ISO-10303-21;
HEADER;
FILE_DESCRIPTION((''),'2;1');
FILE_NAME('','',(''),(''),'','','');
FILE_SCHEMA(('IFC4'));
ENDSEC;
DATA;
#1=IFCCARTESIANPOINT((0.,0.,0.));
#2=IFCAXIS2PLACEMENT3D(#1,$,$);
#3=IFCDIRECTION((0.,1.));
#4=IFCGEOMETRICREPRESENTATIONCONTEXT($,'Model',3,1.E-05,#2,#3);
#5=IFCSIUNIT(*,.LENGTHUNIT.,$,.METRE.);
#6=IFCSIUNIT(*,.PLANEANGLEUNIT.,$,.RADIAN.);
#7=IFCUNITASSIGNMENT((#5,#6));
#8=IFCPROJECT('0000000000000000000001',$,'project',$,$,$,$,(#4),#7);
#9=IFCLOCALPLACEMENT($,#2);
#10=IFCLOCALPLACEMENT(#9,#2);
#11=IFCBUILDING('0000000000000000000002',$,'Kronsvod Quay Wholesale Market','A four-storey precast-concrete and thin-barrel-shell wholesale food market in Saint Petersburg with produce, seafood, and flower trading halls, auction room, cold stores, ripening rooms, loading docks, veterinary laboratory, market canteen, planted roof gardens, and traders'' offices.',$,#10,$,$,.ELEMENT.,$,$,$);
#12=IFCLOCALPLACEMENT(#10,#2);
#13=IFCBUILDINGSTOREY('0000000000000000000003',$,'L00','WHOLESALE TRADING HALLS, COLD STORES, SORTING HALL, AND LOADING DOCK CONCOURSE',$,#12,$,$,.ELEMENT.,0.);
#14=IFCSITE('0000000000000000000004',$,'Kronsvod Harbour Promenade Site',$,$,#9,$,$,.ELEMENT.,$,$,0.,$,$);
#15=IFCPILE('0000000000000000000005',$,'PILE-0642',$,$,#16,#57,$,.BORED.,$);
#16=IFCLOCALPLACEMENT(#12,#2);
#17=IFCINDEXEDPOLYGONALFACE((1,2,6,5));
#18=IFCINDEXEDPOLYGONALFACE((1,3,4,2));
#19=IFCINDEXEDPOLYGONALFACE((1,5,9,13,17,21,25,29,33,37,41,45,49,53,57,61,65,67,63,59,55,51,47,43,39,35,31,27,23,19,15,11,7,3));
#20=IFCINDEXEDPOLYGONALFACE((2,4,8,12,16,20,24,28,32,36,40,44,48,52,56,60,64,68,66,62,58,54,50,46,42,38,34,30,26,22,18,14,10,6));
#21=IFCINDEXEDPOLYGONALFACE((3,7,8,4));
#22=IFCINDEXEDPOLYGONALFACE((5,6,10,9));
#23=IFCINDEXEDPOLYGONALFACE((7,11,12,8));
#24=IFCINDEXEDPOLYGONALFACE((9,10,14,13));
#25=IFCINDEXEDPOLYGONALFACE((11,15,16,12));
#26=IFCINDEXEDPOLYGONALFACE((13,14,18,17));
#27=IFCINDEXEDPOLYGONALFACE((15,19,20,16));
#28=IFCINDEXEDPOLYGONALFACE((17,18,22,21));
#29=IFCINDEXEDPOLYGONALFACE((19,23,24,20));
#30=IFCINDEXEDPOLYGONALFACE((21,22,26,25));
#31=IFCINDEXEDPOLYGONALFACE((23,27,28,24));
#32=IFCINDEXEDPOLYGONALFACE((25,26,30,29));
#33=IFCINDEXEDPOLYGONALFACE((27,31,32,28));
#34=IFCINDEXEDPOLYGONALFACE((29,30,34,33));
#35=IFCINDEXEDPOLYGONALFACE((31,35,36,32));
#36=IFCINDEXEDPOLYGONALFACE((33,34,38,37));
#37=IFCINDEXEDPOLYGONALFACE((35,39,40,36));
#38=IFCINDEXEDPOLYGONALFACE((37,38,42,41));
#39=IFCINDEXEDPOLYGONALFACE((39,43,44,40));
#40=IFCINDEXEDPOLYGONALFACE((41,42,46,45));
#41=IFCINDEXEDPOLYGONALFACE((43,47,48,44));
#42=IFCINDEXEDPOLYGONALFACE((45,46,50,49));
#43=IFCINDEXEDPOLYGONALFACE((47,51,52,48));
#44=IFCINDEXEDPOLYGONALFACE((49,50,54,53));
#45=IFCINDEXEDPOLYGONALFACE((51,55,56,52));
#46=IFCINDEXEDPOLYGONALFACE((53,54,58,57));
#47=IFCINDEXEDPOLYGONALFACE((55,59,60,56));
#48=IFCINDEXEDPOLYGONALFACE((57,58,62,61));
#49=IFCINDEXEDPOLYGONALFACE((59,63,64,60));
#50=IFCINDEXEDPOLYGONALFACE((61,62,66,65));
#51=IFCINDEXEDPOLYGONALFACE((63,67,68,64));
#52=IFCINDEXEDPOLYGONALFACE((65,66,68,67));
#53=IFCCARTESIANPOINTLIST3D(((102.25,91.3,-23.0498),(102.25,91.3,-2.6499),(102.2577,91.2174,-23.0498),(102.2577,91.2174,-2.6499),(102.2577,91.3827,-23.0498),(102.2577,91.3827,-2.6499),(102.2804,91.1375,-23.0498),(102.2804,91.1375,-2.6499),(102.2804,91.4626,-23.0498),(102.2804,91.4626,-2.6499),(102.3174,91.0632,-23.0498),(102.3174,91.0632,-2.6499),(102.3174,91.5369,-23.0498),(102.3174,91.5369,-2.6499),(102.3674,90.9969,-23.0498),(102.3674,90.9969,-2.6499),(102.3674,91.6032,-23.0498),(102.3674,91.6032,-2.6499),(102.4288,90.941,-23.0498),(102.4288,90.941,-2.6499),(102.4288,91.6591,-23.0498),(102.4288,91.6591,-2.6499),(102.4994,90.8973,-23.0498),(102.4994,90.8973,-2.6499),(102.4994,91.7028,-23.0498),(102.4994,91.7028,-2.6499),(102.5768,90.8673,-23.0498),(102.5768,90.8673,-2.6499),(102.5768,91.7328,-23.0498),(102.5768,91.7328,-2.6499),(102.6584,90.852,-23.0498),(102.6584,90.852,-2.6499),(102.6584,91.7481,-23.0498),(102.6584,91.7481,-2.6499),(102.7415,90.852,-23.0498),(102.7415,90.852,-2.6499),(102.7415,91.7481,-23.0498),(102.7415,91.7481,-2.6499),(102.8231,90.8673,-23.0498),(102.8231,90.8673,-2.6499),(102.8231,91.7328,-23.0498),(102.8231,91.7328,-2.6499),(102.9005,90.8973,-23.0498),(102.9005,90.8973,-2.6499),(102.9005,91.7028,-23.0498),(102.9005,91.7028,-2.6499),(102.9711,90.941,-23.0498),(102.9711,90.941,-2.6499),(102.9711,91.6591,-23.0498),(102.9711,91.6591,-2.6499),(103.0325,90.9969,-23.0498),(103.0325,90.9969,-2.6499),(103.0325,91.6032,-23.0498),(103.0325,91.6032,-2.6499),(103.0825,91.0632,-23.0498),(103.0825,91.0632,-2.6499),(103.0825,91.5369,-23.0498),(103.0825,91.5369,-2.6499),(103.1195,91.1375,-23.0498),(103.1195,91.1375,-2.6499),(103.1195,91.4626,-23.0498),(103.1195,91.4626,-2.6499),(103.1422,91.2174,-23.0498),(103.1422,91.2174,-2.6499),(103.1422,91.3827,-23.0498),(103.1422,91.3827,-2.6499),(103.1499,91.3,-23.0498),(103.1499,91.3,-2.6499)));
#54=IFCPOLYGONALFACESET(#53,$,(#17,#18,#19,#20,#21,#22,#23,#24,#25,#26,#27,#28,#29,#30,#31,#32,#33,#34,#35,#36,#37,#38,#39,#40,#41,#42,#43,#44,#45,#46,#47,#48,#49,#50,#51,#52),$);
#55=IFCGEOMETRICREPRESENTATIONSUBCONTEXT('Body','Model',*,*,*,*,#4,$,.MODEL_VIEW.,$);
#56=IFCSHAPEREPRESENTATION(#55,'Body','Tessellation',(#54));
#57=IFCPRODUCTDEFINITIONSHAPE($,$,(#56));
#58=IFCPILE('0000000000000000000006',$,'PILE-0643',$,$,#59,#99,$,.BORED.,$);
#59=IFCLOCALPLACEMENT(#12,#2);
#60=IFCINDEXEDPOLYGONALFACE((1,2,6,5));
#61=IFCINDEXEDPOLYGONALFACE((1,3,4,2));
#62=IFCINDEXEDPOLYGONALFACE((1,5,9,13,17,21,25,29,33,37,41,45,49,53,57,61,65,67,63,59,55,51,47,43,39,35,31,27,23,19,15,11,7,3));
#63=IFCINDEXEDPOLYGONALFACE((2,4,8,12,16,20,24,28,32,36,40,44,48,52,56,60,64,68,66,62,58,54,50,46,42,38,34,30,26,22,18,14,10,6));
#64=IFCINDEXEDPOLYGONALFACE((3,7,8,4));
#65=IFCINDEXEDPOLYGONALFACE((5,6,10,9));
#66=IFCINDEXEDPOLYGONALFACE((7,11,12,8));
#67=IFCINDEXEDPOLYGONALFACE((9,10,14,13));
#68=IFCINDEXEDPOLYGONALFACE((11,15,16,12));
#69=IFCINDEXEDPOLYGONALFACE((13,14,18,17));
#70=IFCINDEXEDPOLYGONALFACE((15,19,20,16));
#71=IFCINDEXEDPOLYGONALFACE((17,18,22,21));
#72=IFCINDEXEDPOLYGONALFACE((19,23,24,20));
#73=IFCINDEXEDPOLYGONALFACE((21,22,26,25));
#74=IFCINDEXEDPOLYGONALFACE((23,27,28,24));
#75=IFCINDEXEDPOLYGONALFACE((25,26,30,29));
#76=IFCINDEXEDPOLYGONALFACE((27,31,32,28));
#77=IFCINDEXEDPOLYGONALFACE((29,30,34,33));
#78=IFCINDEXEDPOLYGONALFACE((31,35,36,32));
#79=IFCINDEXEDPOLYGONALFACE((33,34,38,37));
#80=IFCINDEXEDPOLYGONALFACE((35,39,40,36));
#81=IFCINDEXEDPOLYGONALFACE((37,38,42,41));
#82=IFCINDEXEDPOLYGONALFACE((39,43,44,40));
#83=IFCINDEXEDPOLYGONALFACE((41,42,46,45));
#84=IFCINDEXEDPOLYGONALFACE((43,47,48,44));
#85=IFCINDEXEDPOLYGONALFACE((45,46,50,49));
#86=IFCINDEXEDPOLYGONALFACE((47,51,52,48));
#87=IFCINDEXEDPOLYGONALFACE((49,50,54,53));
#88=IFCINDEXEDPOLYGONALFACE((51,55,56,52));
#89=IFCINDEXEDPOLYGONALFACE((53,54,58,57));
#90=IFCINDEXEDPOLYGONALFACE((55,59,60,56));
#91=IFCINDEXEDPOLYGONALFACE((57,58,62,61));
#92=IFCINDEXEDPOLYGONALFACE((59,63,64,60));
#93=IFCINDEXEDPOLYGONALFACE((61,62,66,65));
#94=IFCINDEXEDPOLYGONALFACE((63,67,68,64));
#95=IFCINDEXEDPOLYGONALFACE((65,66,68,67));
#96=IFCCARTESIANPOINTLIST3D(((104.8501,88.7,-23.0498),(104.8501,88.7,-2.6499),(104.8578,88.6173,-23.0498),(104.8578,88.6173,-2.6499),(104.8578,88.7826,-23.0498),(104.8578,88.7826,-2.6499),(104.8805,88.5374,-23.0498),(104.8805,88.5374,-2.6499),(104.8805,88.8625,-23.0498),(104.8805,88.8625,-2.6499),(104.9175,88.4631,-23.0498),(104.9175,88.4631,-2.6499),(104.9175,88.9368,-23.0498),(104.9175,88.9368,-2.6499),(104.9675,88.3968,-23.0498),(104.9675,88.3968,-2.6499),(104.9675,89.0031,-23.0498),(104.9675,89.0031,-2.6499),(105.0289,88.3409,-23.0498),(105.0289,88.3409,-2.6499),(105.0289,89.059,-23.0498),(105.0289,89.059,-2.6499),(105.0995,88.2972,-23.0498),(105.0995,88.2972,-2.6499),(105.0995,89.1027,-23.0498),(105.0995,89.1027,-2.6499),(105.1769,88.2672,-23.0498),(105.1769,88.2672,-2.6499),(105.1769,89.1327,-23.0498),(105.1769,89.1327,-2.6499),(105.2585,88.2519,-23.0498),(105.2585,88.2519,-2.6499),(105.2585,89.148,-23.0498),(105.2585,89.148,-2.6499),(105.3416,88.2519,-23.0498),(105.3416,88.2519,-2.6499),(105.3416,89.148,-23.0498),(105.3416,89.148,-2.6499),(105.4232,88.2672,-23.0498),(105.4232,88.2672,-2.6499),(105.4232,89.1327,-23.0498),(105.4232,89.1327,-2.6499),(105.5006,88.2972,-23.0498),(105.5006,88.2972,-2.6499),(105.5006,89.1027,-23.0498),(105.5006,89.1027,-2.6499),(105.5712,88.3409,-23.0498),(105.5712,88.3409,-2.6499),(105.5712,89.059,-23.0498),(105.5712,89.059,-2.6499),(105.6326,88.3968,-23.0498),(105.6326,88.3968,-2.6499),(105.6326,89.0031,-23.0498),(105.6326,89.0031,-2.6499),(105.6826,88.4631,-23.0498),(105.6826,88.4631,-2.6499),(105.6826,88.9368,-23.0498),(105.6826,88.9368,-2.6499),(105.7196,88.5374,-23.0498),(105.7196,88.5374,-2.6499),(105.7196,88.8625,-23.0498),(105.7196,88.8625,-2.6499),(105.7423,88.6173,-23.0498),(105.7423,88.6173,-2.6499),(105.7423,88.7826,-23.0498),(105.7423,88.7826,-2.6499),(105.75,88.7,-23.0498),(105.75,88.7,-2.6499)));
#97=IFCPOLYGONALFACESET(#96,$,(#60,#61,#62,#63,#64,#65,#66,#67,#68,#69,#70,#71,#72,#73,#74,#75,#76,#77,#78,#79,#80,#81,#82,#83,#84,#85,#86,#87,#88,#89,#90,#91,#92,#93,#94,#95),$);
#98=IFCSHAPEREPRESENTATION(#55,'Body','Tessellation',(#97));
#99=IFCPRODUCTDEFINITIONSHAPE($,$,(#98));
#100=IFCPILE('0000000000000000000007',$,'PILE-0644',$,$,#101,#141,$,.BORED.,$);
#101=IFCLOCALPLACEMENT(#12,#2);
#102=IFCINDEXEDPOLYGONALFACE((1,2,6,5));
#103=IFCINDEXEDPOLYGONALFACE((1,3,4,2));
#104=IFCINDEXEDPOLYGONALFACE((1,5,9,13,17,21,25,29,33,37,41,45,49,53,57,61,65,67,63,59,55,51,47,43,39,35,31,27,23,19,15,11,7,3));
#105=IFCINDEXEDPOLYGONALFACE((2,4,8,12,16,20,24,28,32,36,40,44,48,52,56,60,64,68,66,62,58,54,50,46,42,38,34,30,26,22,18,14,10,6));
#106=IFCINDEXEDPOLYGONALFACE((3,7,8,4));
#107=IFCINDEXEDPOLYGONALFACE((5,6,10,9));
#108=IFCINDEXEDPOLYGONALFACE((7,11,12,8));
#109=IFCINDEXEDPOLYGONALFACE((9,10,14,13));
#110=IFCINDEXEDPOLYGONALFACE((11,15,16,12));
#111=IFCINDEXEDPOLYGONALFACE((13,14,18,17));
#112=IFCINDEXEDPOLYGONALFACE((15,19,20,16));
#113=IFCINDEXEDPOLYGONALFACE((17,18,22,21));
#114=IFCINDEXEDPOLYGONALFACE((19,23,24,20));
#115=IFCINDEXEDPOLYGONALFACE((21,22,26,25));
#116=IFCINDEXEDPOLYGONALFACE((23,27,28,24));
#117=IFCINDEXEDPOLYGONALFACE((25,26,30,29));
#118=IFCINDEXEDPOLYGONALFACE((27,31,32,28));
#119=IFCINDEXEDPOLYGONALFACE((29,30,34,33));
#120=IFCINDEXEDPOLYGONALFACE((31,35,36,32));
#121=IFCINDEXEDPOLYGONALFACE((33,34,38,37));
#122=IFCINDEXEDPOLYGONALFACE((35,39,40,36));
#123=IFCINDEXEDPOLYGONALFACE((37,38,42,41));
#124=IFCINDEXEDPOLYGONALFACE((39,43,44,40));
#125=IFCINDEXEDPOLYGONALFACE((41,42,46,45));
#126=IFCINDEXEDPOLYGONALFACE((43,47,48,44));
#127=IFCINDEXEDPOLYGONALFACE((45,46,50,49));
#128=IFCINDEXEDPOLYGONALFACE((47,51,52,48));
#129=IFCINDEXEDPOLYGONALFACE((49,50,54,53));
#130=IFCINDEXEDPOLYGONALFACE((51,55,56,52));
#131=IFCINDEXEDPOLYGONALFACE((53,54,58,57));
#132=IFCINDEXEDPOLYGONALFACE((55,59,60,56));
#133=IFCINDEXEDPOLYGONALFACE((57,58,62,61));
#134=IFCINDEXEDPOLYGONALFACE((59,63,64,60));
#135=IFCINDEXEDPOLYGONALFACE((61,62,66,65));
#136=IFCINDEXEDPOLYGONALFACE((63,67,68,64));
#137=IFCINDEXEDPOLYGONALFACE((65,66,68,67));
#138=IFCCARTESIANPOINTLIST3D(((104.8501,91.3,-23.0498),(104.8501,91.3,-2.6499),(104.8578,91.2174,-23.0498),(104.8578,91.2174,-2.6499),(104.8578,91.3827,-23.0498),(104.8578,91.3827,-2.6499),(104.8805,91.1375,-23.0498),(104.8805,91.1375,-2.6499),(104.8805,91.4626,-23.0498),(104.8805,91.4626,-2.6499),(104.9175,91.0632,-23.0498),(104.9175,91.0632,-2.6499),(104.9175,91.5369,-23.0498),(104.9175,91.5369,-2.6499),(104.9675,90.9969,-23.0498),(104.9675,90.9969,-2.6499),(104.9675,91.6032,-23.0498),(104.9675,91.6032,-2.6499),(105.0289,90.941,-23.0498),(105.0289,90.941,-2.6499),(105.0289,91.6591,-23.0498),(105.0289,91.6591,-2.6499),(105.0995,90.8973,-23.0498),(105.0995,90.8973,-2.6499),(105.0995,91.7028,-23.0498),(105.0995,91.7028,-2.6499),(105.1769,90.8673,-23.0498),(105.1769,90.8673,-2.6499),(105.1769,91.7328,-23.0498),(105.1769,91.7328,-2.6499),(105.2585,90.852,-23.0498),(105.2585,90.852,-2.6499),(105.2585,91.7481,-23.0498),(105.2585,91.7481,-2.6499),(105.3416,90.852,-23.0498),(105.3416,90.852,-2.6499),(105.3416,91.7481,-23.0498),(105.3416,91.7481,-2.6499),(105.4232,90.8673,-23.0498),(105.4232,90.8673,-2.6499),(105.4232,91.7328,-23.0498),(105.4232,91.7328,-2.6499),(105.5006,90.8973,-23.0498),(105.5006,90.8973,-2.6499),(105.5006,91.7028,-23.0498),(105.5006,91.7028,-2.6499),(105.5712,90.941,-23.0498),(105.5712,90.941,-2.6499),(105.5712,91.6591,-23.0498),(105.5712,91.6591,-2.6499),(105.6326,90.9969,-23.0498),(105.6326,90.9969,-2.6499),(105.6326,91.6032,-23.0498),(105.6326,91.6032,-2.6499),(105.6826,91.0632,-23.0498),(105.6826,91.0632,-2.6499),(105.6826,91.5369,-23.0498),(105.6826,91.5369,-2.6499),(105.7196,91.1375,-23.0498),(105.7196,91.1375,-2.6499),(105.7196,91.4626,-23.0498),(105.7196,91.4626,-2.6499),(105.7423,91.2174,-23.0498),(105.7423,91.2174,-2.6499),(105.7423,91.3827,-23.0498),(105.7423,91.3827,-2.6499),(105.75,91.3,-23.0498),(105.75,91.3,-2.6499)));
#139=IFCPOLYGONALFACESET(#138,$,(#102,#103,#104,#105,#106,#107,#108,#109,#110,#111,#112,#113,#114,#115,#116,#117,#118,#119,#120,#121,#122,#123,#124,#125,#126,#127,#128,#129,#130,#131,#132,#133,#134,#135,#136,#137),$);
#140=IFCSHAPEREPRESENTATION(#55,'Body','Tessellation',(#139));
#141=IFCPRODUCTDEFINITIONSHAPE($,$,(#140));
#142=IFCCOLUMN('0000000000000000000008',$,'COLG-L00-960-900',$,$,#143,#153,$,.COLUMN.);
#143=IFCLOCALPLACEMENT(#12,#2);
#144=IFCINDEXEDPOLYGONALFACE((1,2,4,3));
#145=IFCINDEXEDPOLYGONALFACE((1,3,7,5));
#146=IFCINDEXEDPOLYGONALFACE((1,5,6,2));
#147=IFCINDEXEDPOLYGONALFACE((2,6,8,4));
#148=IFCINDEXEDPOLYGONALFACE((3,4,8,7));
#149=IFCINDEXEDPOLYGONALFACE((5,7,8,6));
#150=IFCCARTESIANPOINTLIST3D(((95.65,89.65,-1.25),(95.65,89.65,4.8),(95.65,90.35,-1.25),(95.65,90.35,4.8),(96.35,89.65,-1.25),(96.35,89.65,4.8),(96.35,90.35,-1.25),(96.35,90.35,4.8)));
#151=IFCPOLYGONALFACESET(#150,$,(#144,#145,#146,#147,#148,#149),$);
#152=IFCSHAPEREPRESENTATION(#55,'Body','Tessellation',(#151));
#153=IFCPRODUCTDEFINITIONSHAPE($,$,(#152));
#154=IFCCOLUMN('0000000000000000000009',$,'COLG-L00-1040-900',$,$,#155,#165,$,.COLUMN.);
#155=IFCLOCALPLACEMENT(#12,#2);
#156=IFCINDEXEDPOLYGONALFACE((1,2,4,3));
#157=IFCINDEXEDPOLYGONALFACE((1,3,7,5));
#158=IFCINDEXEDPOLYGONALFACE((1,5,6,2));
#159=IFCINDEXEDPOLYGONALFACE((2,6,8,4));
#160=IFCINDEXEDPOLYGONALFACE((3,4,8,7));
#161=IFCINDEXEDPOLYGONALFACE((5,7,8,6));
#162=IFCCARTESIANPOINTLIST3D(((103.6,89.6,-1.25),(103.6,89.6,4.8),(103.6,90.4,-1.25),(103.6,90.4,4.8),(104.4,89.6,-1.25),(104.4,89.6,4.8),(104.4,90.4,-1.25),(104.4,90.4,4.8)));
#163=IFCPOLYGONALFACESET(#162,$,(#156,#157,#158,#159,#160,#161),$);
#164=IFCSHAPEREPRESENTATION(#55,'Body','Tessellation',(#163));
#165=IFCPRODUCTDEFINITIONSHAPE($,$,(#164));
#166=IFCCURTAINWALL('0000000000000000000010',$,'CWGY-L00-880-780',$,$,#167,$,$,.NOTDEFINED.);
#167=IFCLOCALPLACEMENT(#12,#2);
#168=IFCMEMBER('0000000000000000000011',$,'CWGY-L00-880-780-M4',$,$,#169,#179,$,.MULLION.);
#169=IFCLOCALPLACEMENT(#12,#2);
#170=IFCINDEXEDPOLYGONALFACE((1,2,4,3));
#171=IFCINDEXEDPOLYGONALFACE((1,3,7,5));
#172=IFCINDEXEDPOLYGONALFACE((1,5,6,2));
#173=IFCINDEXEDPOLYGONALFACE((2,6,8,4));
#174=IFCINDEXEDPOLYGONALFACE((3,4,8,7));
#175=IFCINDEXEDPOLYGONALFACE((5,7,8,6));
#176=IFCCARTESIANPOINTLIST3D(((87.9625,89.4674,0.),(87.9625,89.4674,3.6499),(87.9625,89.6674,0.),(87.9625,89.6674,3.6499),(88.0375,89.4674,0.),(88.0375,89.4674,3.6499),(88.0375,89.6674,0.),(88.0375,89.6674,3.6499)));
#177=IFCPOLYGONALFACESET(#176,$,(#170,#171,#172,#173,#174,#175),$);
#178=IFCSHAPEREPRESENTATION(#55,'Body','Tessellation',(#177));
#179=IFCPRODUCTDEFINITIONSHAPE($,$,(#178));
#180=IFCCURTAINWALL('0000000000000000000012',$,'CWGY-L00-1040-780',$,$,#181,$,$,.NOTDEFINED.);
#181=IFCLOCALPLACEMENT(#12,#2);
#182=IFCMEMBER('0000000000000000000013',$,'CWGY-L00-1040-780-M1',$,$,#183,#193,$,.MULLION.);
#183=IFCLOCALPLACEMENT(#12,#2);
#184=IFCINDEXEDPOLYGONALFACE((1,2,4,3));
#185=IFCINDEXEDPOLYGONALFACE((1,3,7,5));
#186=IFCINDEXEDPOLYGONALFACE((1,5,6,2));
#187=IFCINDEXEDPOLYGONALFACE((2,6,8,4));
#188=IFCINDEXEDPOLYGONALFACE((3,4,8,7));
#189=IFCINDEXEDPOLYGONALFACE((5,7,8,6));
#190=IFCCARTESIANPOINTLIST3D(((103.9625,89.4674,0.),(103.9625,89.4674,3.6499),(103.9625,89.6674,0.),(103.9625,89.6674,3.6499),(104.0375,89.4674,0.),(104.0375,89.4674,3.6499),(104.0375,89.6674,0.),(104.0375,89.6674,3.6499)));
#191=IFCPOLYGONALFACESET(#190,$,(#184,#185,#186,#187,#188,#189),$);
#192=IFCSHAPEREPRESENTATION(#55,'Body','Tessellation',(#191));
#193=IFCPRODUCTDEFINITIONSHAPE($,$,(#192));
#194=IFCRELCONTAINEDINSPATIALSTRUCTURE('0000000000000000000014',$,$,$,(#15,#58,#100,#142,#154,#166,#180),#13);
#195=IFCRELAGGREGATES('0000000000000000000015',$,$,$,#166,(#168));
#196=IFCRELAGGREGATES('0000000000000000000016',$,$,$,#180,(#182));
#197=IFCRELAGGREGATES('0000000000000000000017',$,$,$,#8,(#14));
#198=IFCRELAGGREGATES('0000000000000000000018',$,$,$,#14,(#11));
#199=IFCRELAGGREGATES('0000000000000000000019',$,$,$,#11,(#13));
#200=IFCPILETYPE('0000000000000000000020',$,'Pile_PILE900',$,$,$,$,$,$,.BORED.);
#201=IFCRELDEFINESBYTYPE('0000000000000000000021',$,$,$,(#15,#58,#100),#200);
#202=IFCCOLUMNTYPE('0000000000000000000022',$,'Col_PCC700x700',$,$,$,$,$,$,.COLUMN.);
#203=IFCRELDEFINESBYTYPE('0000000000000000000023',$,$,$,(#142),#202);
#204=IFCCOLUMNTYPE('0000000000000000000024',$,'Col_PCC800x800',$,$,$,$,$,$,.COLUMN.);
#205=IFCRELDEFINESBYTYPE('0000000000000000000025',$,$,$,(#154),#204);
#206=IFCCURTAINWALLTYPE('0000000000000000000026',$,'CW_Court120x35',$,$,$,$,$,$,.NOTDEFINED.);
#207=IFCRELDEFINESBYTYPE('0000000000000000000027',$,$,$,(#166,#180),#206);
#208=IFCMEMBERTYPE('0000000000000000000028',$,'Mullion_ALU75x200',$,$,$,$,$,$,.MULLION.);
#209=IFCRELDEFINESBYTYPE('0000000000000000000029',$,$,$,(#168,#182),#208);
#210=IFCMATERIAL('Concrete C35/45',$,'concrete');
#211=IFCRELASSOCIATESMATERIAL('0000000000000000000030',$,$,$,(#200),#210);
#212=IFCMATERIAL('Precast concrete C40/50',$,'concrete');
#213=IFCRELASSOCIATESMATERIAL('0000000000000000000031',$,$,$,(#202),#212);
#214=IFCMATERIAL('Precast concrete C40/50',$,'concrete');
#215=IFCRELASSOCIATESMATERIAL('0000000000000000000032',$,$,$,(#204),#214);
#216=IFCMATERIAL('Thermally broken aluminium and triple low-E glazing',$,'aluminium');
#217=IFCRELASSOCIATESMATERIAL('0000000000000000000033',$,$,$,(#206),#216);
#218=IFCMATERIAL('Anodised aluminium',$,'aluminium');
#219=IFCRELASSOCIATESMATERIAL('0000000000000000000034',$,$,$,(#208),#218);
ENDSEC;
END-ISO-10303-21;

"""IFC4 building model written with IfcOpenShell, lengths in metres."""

from ifc_helpers import new_model, si_unit, direction, frame, origin, origin_2d, place, context, subcontext, project, spatial, rectangle, circle, extrude, material, material_profile, profile_set, type_object, element, aggregate, save


model = new_model("IFC4")

# Units and contexts
model_context = context("Model", 3, precision=1e-05, world=origin(), true_north=direction((0.0, 1.0)))
body_context = subcontext(model_context, "Body", "Model", "MODEL_VIEW")
ifc_project = project(units=[si_unit("LENGTHUNIT", "METRE"), si_unit("PLANEANGLEUNIT", "RADIAN")], contexts=[model_context])

# Site, building, storey
site_placement = place(None, origin())
site = spatial("IfcSite", under=ifc_project, at=site_placement, Name="Kronsvod Harbour Promenade Site", CompositionType="ELEMENT", RefElevation=0.0)
building_placement = place(site_placement, origin())
building = spatial("IfcBuilding", under=site, at=building_placement, Name="Kronsvod Quay Wholesale Market", Description="A four-storey precast-concrete and thin-barrel-shell wholesale food market in Saint Petersburg with produce, seafood, and flower trading halls, auction room, cold stores, ripening rooms, loading docks, veterinary laboratory, market canteen, planted roof gardens, and traders' offices.", CompositionType="ELEMENT")
storey_placement = place(building_placement, origin())
storey = spatial("IfcBuildingStorey", under=building, at=storey_placement, Name="L00", Description="WHOLESALE TRADING HALLS, COLD STORES, SORTING HALL, AND LOADING DOCK CONCOURSE", CompositionType="ELEMENT", Elevation=0.0)

# Piles
ifc_material_1 = material(Name="Concrete C35/45", Category="concrete")
ifc_material_profile_1 = material_profile(ifc_material_1, circle(Radius=0.45, at=origin_2d()), Name="PILE900")
ifc_profile_set_1 = profile_set([ifc_material_profile_1], Name="Concrete C35/45")
pile_type = type_object("IfcPileType", Name="Pile_PILE900", PredefinedType="BORED", material=ifc_profile_set_1)
for number, where, z_axis, x_axis, name in (
    (1, (102.7, 91.3, -2.6499), (0.0, 0.0, -1.0), (1.0, 0.0, 0.0), "PILE-0642"),
    (2, (105.3, 88.7, -2.6499), (0.0, 0.0, -1.0), (1.0, 0.0, 0.0), "PILE-0643"),
    (3, (105.3, 91.3, -2.6499), (0.0, 0.0, -1.0), (1.0, 0.0, 0.0), "PILE-0644"),
):
    element("IfcPile", number, at=place(storey_placement, frame(where, z_axis=z_axis, x_axis=x_axis)), inside=storey, type_object=pile_type, Name=name, PredefinedType="BORED", context=body_context, shape_type="SweptSolid", body=[
        extrude(circle(Radius=0.45, at=origin_2d()), origin(), (0.0, 0.0, 1.0), 20.3999),
    ])

# Columns
ifc_material_2 = material(Name="Precast concrete C40/50", Category="concrete")
ifc_material_profile_2 = material_profile(ifc_material_2, rectangle(XDim=0.7, YDim=0.7, at=origin_2d()), Name="PCC700x700")
ifc_profile_set_2 = profile_set([ifc_material_profile_2], Name="Precast concrete C40/50")
column_type_1 = type_object("IfcColumnType", Name="Col_PCC700x700", PredefinedType="COLUMN", material=ifc_profile_set_2)
column_1_placement = place(storey_placement, frame((96.0, 90.0, -1.25), z_axis=(0.0, 0.0, 1.0), x_axis=(1.0, 0.0, 0.0)))
element("IfcColumn", 4, at=column_1_placement, inside=storey, type_object=column_type_1, Name="COLG-L00-960-900", PredefinedType="COLUMN", context=body_context, shape_type="SweptSolid", body=[
    extrude(rectangle(XDim=0.7, YDim=0.7, at=origin_2d()), origin(), (0.0, 0.0, 1.0), 6.05),
])
ifc_material_3 = material(Name="Precast concrete C40/50", Category="concrete")
ifc_material_profile_3 = material_profile(ifc_material_3, rectangle(XDim=0.8, YDim=0.8, at=origin_2d()), Name="PCC800x800")
ifc_profile_set_3 = profile_set([ifc_material_profile_3], Name="Precast concrete C40/50")
column_type_2 = type_object("IfcColumnType", Name="Col_PCC800x800", PredefinedType="COLUMN", material=ifc_profile_set_3)
column_2_placement = place(storey_placement, frame((104.0, 90.0, -1.25), z_axis=(0.0, 0.0, 1.0), x_axis=(1.0, 0.0, 0.0)))
element("IfcColumn", 5, at=column_2_placement, inside=storey, type_object=column_type_2, Name="COLG-L00-1040-900", PredefinedType="COLUMN", context=body_context, shape_type="SweptSolid", body=[
    extrude(rectangle(XDim=0.8, YDim=0.8, at=origin_2d()), origin(), (0.0, 0.0, 1.0), 6.05),
])

# Curtain wall, member
ifc_material_4 = material(Name="Thermally broken aluminium and triple low-E glazing", Category="aluminium")
curtain_wall_type = type_object("IfcCurtainWallType", Name="CW_Court120x35", PredefinedType="NOTDEFINED", material=ifc_material_4)
curtain_wall_1_placement = place(storey_placement, origin())
curtain_wall_1 = element("IfcCurtainWall", 6, at=curtain_wall_1_placement, inside=storey, type_object=curtain_wall_type, Name="CWGY-L00-880-780", PredefinedType="NOTDEFINED")
ifc_material_5 = material(Name="Anodised aluminium", Category="aluminium")
ifc_material_profile_4 = material_profile(ifc_material_5, rectangle(XDim=0.075, YDim=0.2, at=origin_2d()), Name="ALUM75x200")
ifc_profile_set_4 = profile_set([ifc_material_profile_4], Name="Anodised aluminium")
member_type_1 = type_object("IfcMemberType", Name="Mullion_ALU75x200", PredefinedType="MULLION", material=ifc_profile_set_4)
member_1_placement = place(storey_placement, frame((88.0, 89.5674, 0.0), z_axis=(0.0, 0.0, 1.0), x_axis=(1.0, 0.0, 0.0)))
member_1 = element("IfcMember", 7, at=member_1_placement, type_object=member_type_1, Name="CWGY-L00-880-780-M4", PredefinedType="MULLION", context=body_context, shape_type="SweptSolid", body=[
    extrude(rectangle(XDim=0.075, YDim=0.2, at=origin_2d()), origin(), (0.0, 0.0, 1.0), 3.6499),
])
aggregate(curtain_wall_1, [member_1])

# Curtain wall, member
curtain_wall_2_placement = place(storey_placement, origin())
curtain_wall_2 = element("IfcCurtainWall", 8, at=curtain_wall_2_placement, inside=storey, type_object=curtain_wall_type, Name="CWGY-L00-1040-780", PredefinedType="NOTDEFINED")
member_2_placement = place(storey_placement, frame((104.0, 89.5674, 0.0), z_axis=(0.0, 0.0, 1.0), x_axis=(1.0, 0.0, 0.0)))
member_2 = element("IfcMember", 9, at=member_2_placement, type_object=member_type_1, Name="CWGY-L00-1040-780-M1", PredefinedType="MULLION", context=body_context, shape_type="SweptSolid", body=[
    extrude(rectangle(XDim=0.075, YDim=0.2, at=origin_2d()), origin(), (0.0, 0.0, 1.0), 3.6499),
])
aggregate(curtain_wall_2, [member_2])

save(model, "model.ifc")
